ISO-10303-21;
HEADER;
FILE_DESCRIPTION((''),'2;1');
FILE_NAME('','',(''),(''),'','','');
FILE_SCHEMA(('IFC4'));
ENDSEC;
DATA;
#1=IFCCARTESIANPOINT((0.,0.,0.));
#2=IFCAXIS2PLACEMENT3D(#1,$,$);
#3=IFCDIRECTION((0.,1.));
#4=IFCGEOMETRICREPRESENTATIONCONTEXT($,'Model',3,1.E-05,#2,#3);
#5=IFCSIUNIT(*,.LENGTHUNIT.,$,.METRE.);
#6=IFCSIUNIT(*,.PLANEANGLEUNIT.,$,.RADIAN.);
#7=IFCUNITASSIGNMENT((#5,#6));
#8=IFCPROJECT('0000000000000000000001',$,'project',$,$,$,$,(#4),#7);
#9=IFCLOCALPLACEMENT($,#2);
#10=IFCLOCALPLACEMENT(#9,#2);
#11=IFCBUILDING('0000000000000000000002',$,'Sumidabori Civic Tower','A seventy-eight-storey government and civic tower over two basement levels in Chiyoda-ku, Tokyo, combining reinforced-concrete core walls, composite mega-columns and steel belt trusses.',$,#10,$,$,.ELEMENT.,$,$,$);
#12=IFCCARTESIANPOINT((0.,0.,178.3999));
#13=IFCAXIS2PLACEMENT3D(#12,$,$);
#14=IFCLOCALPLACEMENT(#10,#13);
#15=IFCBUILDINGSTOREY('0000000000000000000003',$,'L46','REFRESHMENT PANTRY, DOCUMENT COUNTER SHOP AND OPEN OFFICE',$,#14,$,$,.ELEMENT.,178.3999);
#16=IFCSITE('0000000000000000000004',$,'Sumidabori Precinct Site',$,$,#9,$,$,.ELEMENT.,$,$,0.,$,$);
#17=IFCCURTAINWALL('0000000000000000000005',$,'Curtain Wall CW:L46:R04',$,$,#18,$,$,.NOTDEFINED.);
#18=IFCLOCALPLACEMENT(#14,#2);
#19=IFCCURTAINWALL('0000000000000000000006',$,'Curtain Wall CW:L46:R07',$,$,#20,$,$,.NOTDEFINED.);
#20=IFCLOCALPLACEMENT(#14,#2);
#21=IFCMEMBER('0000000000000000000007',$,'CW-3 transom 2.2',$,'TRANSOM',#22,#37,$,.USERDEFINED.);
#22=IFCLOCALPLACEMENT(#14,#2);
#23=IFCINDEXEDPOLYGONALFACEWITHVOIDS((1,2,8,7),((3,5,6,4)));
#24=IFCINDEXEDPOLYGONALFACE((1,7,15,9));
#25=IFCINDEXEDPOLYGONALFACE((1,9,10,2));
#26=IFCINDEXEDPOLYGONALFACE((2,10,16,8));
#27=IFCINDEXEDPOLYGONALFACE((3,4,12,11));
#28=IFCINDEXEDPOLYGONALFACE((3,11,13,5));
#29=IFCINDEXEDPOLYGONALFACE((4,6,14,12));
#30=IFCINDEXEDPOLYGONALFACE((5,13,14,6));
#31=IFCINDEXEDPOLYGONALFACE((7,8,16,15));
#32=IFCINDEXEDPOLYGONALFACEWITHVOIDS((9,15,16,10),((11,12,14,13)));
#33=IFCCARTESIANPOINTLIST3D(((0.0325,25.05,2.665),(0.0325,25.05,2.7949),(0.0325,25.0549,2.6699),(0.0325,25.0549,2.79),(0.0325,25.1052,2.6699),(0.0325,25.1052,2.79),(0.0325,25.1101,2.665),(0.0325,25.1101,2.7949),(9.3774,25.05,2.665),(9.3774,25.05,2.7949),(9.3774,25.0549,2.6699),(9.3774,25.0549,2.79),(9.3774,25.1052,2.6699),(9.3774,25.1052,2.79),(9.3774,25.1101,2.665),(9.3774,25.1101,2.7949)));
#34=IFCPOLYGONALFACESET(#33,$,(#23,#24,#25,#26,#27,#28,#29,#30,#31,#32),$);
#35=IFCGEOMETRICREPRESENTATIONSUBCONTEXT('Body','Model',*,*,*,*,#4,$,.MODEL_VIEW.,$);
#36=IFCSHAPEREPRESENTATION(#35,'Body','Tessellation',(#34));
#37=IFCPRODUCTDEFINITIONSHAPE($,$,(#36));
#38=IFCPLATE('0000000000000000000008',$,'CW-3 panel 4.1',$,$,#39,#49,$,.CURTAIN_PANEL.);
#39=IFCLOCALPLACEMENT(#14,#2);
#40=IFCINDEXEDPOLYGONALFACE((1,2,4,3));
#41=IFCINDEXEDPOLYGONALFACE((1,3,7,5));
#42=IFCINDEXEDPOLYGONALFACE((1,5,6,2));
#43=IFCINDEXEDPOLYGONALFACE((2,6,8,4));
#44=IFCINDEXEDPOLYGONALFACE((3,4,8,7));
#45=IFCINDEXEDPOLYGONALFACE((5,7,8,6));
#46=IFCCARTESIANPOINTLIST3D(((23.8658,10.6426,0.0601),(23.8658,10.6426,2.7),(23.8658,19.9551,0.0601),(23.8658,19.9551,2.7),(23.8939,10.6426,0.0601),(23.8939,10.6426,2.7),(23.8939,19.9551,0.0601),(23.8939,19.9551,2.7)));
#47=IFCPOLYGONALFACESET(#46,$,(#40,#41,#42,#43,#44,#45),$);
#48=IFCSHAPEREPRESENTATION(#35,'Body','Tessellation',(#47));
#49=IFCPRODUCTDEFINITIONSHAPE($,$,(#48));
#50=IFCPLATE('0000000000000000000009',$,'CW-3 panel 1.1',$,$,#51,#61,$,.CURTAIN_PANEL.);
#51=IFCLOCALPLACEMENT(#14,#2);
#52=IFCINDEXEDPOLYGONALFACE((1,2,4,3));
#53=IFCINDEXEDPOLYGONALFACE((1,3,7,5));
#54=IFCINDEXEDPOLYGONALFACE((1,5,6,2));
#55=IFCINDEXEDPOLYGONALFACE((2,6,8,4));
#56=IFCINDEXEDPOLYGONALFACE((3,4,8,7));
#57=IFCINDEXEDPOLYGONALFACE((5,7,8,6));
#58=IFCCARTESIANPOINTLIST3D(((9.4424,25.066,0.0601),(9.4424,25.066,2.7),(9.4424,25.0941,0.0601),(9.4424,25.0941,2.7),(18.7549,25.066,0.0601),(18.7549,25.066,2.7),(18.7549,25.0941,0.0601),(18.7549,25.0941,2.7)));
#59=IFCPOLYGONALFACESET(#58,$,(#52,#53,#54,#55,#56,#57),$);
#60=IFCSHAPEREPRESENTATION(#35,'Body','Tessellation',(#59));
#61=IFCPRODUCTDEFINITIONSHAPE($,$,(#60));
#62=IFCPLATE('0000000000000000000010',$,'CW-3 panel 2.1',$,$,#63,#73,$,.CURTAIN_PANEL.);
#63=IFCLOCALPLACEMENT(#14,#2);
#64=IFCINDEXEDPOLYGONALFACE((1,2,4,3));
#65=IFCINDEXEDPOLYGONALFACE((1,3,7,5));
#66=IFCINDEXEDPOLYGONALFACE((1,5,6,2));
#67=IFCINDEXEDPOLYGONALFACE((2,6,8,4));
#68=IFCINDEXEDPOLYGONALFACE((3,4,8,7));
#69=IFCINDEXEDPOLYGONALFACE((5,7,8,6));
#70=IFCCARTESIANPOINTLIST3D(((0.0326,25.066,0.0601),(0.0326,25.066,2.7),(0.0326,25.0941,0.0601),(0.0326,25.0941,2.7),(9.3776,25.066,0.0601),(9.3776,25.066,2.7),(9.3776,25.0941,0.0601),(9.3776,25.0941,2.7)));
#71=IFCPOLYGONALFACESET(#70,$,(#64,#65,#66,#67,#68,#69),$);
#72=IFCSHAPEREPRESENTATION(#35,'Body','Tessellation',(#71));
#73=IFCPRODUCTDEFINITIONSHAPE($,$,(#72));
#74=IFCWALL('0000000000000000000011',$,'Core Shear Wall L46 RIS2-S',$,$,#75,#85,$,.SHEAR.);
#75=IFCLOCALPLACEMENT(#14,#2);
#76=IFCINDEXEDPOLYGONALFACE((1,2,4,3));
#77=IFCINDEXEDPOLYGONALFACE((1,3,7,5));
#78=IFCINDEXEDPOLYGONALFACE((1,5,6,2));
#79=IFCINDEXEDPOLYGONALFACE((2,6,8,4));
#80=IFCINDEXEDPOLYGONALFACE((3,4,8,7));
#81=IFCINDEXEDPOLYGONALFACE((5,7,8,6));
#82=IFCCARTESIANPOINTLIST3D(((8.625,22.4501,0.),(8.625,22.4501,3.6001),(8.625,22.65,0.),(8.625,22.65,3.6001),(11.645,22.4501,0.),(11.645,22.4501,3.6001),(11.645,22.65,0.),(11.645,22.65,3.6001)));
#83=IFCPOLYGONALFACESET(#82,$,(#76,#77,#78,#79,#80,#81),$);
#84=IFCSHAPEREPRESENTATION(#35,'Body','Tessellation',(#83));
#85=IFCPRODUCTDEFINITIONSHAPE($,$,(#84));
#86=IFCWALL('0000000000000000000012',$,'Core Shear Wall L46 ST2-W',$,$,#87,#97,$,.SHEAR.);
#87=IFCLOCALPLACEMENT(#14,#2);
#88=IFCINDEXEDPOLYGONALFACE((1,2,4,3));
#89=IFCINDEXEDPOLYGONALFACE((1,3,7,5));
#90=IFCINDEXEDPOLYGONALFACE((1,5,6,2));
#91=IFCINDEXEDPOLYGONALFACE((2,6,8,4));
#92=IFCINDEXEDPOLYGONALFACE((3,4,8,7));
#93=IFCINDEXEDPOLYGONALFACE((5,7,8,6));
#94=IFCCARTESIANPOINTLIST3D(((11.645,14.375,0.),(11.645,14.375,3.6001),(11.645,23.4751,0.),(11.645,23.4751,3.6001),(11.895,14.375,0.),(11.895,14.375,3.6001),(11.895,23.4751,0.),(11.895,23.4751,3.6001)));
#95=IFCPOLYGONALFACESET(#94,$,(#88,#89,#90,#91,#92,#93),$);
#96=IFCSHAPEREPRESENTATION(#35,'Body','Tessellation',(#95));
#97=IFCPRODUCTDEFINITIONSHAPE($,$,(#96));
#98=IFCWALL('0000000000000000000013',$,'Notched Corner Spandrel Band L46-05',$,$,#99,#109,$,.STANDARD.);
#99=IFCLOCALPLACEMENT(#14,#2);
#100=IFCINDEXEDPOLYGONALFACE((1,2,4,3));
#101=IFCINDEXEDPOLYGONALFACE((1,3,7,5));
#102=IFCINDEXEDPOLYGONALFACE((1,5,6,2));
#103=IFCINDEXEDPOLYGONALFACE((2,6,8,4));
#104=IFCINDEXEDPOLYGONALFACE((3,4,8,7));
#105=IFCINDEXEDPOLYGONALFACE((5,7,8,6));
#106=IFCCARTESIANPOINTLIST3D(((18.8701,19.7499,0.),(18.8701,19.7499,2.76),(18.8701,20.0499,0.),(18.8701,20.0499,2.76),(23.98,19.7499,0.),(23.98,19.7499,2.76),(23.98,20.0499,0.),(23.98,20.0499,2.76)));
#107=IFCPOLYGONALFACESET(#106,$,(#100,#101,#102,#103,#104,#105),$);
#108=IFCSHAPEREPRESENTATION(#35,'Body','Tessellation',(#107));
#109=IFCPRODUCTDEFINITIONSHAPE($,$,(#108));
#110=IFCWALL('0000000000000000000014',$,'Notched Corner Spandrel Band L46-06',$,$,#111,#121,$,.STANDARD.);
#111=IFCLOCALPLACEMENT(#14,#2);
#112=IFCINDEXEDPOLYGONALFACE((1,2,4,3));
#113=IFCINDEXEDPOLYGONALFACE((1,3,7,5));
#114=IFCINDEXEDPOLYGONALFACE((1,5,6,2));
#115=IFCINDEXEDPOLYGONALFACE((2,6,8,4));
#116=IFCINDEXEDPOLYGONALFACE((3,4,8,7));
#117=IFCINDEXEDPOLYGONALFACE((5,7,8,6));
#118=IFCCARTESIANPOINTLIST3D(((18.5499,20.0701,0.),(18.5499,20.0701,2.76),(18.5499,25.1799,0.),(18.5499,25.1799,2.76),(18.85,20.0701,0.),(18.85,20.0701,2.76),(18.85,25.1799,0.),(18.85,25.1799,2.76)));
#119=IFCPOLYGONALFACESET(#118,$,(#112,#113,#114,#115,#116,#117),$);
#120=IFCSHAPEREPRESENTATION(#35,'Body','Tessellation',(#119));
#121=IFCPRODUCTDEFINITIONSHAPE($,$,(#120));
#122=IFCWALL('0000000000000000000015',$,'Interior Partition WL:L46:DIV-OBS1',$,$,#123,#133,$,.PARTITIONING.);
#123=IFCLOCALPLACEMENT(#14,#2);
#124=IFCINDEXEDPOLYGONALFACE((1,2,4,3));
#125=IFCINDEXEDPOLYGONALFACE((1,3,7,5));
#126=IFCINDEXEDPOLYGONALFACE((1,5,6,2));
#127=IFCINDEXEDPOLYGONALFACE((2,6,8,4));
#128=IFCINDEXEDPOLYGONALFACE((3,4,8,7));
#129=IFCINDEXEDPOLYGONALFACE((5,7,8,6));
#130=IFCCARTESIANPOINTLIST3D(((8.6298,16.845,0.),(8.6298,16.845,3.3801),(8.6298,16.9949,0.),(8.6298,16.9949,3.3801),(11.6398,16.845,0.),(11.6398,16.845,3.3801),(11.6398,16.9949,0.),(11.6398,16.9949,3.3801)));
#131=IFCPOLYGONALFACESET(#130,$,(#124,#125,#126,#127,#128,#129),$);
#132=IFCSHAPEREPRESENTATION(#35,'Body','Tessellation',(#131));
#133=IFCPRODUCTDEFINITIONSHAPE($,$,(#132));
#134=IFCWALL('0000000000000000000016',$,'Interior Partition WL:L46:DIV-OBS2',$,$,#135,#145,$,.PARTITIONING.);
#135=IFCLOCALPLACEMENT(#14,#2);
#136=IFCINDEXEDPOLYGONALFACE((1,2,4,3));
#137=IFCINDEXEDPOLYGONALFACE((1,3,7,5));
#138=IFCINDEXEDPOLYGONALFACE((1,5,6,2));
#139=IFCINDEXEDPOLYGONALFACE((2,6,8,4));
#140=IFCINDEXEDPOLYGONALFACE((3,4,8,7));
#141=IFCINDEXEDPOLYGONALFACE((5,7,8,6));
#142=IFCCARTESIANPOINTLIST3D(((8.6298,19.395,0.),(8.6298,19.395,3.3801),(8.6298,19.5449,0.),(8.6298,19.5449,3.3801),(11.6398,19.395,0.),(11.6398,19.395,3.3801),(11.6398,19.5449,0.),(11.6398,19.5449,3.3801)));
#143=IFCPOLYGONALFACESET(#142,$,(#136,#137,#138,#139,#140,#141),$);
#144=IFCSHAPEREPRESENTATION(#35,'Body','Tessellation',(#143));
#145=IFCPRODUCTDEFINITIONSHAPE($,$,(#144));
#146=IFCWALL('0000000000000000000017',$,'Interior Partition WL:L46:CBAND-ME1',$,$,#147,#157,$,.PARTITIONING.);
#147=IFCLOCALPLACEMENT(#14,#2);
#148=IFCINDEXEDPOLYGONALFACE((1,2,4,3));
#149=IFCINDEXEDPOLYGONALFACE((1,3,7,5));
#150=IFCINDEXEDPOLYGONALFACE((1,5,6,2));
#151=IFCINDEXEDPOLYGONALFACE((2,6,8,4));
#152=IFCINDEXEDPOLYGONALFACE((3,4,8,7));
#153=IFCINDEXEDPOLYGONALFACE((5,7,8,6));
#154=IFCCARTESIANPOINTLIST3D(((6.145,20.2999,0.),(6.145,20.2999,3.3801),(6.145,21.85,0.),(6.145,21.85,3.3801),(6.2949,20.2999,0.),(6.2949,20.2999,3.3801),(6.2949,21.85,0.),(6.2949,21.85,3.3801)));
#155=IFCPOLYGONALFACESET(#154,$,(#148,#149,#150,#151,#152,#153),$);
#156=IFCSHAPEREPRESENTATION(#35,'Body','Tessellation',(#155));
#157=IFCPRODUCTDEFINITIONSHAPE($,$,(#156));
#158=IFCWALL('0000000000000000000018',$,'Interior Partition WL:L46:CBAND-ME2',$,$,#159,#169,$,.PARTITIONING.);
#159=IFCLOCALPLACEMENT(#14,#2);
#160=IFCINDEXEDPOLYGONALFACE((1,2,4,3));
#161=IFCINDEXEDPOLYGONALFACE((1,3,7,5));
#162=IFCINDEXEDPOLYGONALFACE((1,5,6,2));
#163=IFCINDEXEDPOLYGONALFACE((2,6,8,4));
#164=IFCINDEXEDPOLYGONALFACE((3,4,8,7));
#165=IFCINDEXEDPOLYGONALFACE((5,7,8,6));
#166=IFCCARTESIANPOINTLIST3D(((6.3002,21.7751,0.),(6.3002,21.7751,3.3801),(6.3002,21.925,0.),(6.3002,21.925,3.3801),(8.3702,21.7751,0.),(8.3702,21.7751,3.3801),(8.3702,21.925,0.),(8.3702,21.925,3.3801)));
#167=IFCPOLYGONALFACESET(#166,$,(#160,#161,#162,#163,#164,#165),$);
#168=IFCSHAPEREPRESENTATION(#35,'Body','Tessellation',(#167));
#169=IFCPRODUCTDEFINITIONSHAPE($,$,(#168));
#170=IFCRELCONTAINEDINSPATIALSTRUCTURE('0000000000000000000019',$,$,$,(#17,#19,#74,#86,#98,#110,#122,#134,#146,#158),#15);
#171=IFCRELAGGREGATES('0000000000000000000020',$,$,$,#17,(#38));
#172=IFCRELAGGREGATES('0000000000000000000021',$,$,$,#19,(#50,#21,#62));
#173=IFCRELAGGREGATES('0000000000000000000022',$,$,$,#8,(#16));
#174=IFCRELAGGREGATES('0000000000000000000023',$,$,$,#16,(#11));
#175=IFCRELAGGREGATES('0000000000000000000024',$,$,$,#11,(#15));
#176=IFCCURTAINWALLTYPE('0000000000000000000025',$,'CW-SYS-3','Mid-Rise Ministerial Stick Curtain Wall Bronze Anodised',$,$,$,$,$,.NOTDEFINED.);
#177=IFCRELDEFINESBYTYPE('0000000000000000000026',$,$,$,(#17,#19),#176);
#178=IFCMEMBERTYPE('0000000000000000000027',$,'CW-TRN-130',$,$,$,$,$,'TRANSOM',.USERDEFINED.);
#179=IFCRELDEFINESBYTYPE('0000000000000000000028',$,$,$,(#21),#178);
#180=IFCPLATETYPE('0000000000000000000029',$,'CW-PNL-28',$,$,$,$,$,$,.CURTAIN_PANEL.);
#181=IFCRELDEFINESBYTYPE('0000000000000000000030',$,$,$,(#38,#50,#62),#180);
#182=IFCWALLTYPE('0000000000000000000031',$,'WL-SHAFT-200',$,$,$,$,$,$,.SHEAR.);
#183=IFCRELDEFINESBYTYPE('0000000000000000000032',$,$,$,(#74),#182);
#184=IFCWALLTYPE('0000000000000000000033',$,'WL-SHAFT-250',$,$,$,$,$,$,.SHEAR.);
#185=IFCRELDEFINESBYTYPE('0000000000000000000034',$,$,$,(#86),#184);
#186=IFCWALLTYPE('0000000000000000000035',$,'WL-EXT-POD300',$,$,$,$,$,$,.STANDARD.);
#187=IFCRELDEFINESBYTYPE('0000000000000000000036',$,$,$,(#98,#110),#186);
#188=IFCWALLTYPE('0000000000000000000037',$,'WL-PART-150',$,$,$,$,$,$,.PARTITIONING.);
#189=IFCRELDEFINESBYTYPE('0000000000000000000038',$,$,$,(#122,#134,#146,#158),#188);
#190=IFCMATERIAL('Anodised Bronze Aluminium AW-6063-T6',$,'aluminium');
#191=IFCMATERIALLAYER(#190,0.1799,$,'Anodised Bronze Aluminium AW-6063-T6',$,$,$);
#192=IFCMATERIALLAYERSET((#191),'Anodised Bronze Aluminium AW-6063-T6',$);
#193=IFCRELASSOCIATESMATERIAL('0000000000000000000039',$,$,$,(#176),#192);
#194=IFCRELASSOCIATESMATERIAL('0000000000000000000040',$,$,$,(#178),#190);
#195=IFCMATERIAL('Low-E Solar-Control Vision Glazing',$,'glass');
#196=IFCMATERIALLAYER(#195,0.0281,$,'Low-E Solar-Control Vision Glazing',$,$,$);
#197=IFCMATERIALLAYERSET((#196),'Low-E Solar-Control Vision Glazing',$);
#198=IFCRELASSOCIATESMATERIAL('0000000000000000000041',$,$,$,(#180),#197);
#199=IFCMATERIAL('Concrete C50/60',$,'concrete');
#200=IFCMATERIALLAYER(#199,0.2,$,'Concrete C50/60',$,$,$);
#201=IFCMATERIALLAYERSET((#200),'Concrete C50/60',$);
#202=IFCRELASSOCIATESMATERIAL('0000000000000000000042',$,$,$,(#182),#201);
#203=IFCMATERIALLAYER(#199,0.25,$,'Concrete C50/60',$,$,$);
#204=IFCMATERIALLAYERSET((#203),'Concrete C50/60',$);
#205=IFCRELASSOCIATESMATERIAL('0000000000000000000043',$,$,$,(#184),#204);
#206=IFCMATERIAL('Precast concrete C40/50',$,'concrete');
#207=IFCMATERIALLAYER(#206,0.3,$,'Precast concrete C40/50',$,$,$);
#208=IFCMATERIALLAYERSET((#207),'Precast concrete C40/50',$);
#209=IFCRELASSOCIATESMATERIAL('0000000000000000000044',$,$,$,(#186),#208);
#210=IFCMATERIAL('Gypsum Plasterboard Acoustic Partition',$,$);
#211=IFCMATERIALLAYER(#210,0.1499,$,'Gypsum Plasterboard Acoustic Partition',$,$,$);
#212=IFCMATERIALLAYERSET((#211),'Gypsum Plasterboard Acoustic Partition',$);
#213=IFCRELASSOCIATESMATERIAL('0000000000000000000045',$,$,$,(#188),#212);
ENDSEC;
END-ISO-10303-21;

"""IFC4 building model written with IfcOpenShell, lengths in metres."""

from ifc_helpers import new_model, si_unit, direction, frame, frame_2d, origin, origin_2d, place, context, subcontext, project, spatial, rectangle, hollow_rectangle, extrude, source, transform, mapped, material, layer, layer_set, material_profile, profile_set, type_object, element, aggregate, save


model = new_model("IFC4")

# Units and contexts
model_context = context("Model", 3, precision=1e-05, world=origin(), true_north=direction((0.0, 1.0)))
body_context = subcontext(model_context, "Body", "Model", "MODEL_VIEW")
ifc_project = project(units=[si_unit("LENGTHUNIT", "METRE"), si_unit("PLANEANGLEUNIT", "RADIAN")], contexts=[model_context])

# Site, building, storey
site_placement = place(None, origin())
site = spatial("IfcSite", under=ifc_project, at=site_placement, Name="Sumidabori Precinct Site", CompositionType="ELEMENT", RefElevation=0.0)
building_placement = place(site_placement, origin())
building = spatial("IfcBuilding", under=site, at=building_placement, Name="Sumidabori Civic Tower", Description="A seventy-eight-storey government and civic tower over two basement levels in Chiyoda-ku, Tokyo, combining reinforced-concrete core walls, composite mega-columns and steel belt trusses.", CompositionType="ELEMENT")
storey_placement = place(building_placement, frame((0.0, 0.0, 178.3999)))
storey = spatial("IfcBuildingStorey", under=building, at=storey_placement, Name="L46", Description="REFRESHMENT PANTRY, DOCUMENT COUNTER SHOP AND OPEN OFFICE", CompositionType="ELEMENT", Elevation=178.3999)

# Curtain wall
ifc_material_1 = material(Name="Anodised Bronze Aluminium AW-6063-T6", Category="aluminium")
ifc_layer_1 = layer(ifc_material_1, 0.1799, Name="Anodised Bronze Aluminium AW-6063-T6")
ifc_layer_set_1 = layer_set([ifc_layer_1], Name="Anodised Bronze Aluminium AW-6063-T6")
curtain_wall_type = type_object("IfcCurtainWallType", Name="CW-SYS-3", Description="Mid-Rise Ministerial Stick Curtain Wall Bronze Anodised", PredefinedType="NOTDEFINED", material=ifc_layer_set_1)
curtain_wall_1_placement = place(storey_placement, origin())
curtain_wall_1 = element("IfcCurtainWall", 1, at=curtain_wall_1_placement, inside=storey, type_object=curtain_wall_type, Name="Curtain Wall CW:L46:R04", PredefinedType="NOTDEFINED")

# Curtain wall, member
curtain_wall_2_placement = place(storey_placement, origin())
curtain_wall_2 = element("IfcCurtainWall", 2, at=curtain_wall_2_placement, inside=storey, type_object=curtain_wall_type, Name="Curtain Wall CW:L46:R07", PredefinedType="NOTDEFINED")
ifc_material_profile_1 = material_profile(ifc_material_1, hollow_rectangle(XDim=0.0601, YDim=0.1299, WallThickness=0.0049, at=origin_2d()), Name="ALU TRANSOM 130x60")
ifc_profile_set_1 = profile_set([ifc_material_profile_1], Name="Anodised Bronze Aluminium AW-6063-T6")
member_type_1 = type_object("IfcMemberType", Name="CW-TRN-130", ElementType="TRANSOM", PredefinedType="USERDEFINED", material=ifc_profile_set_1)
shared_shape_1 = source(origin(), body_context, "Body", "SweptSolid", [
    extrude(hollow_rectangle(XDim=0.0601, YDim=0.1299, WallThickness=0.0049, at=origin_2d()), origin(), (0.0, 0.0, 1.0), 9.345),
])
member_1_placement = place(storey_placement, frame((9.3774, 25.0801, 2.73), z_axis=(-1.0, 0.0, 0.0), x_axis=(0.0, -1.0, 0.0)))
member_1 = element("IfcMember", 3, at=member_1_placement, type_object=member_type_1, Name="CW-3 transom 2.2", ObjectType="TRANSOM", PredefinedType="USERDEFINED", context=body_context, shape_type="MappedRepresentation", body=[
    mapped(shared_shape_1, transform((0.0, 0.0, 0.0), x_axis=(1.0, 0.0, 0.0), y_axis=(0.0, 1.0, 0.0), z_axis=(0.0, 0.0, 1.0), scale=1.0)),
])

# Plates
ifc_material_2 = material(Name="Low-E Solar-Control Vision Glazing", Category="glass")
ifc_layer_2 = layer(ifc_material_2, 0.0281, Name="Low-E Solar-Control Vision Glazing")
ifc_layer_set_2 = layer_set([ifc_layer_2], Name="Low-E Solar-Control Vision Glazing")
plate_type = type_object("IfcPlateType", Name="CW-PNL-28", PredefinedType="CURTAIN_PANEL", material=ifc_layer_set_2)
shared_shape_2 = source(origin(), body_context, "Body", "SweptSolid", [
    extrude(rectangle(XDim=9.3125, YDim=0.0281, at=origin_2d()), origin(), (0.0, 0.0, 1.0), 2.6399),
])
plate_1_placement = place(storey_placement, frame((23.8799, 15.2988, 0.0601), z_axis=(0.0, 0.0, 1.0), x_axis=(0.0, 1.0, 0.0)))
plate_1 = element("IfcPlate", 4, at=plate_1_placement, type_object=plate_type, Name="CW-3 panel 4.1", PredefinedType="CURTAIN_PANEL", context=body_context, shape_type="MappedRepresentation", body=[
    mapped(shared_shape_2, transform((0.0, 0.0, 0.0), x_axis=(1.0, 0.0, 0.0), y_axis=(0.0, 1.0, 0.0), z_axis=(0.0, 0.0, 1.0), scale=1.0)),
])
aggregate(curtain_wall_1, [plate_1])
plate_2_placement = place(storey_placement, frame((14.0986, 25.0801, 0.0601), z_axis=(0.0, 0.0, 1.0), x_axis=(-1.0, 0.0, 0.0)))
plate_2 = element("IfcPlate", 5, at=plate_2_placement, type_object=plate_type, Name="CW-3 panel 1.1", PredefinedType="CURTAIN_PANEL", context=body_context, shape_type="MappedRepresentation", body=[
    mapped(shared_shape_2, transform((0.0, 0.0, 0.0), x_axis=(1.0, 0.0, 0.0), y_axis=(0.0, 1.0, 0.0), z_axis=(0.0, 0.0, 1.0), scale=1.0)),
])
shared_shape_3 = source(origin(), body_context, "Body", "SweptSolid", [
    extrude(rectangle(XDim=9.345, YDim=0.0281, at=origin_2d()), origin(), (0.0, 0.0, 1.0), 2.6399),
])
plate_3_placement = place(storey_placement, frame((4.7051, 25.0801, 0.0601), z_axis=(0.0, 0.0, 1.0), x_axis=(-1.0, 0.0, 0.0)))
plate_3 = element("IfcPlate", 6, at=plate_3_placement, type_object=plate_type, Name="CW-3 panel 2.1", PredefinedType="CURTAIN_PANEL", context=body_context, shape_type="MappedRepresentation", body=[
    mapped(shared_shape_3, transform((0.0, 0.0, 0.0), x_axis=(1.0, 0.0, 0.0), y_axis=(0.0, 1.0, 0.0), z_axis=(0.0, 0.0, 1.0), scale=1.0)),
])
aggregate(curtain_wall_2, [plate_2, member_1, plate_3])

# Wall
ifc_material_3 = material(Name="Concrete C50/60", Category="concrete")
ifc_layer_3 = layer(ifc_material_3, 0.2, Name="Concrete C50/60")
ifc_layer_set_3 = layer_set([ifc_layer_3], Name="Concrete C50/60")
wall_type_1 = type_object("IfcWallType", Name="WL-SHAFT-200", PredefinedType="SHEAR", material=ifc_layer_set_3)
shared_shape_4 = source(origin(), body_context, "Body", "SweptSolid", [
    extrude(rectangle(XDim=3.02, YDim=0.2, at=frame_2d((1.51, 0.0))), origin(), (0.0, 0.0, 1.0), 3.6001),
])
wall_1_placement = place(storey_placement, frame((8.625, 22.55, 0.0), z_axis=(0.0, 0.0, 1.0), x_axis=(1.0, 0.0, 0.0)))
element("IfcWall", 7, at=wall_1_placement, inside=storey, type_object=wall_type_1, Name="Core Shear Wall L46 RIS2-S", PredefinedType="SHEAR", context=body_context, shape_type="MappedRepresentation", body=[
    mapped(shared_shape_4, transform((0.0, 0.0, 0.0), x_axis=(1.0, 0.0, 0.0), y_axis=(0.0, 1.0, 0.0), z_axis=(0.0, 0.0, 1.0), scale=1.0)),
])

# Shared definitions
ifc_layer_4 = layer(ifc_material_3, 0.25, Name="Concrete C50/60")
ifc_layer_set_4 = layer_set([ifc_layer_4], Name="Concrete C50/60")
wall_type_2 = type_object("IfcWallType", Name="WL-SHAFT-250", PredefinedType="SHEAR", material=ifc_layer_set_4)

# Walls
shared_shape_5 = source(origin(), body_context, "Body", "SweptSolid", [
    extrude(rectangle(XDim=9.1001, YDim=0.25, at=frame_2d((4.55, 0.0))), origin(), (0.0, 0.0, 1.0), 3.6001),
])
wall_2_placement = place(storey_placement, frame((11.77, 14.375, 0.0), z_axis=(0.0, 0.0, 1.0), x_axis=(0.0, 1.0, 0.0)))
element("IfcWall", 8, at=wall_2_placement, inside=storey, type_object=wall_type_2, Name="Core Shear Wall L46 ST2-W", PredefinedType="SHEAR", context=body_context, shape_type="MappedRepresentation", body=[
    mapped(shared_shape_5, transform((0.0, 0.0, 0.0), x_axis=(1.0, 0.0, 0.0), y_axis=(0.0, 1.0, 0.0), z_axis=(0.0, 0.0, 1.0), scale=1.0)),
])
ifc_material_4 = material(Name="Precast concrete C40/50", Category="concrete")
ifc_layer_5 = layer(ifc_material_4, 0.3, Name="Precast concrete C40/50")
ifc_layer_set_5 = layer_set([ifc_layer_5], Name="Precast concrete C40/50")
wall_type_3 = type_object("IfcWallType", Name="WL-EXT-POD300", PredefinedType="STANDARD", material=ifc_layer_set_5)
shared_shape_6 = source(origin(), body_context, "Body", "SweptSolid", [
    extrude(rectangle(XDim=5.1099, YDim=0.3, at=frame_2d((2.5549, 0.0))), origin(), (0.0, 0.0, 1.0), 2.76),
])
for number, where, z_axis, x_axis, name in (
    (9, (23.98, 19.8999, 0.0), (0.0, 0.0, 1.0), (-1.0, 0.0, 0.0), "Notched Corner Spandrel Band L46-05"),
    (10, (18.7, 20.0701, 0.0), (0.0, 0.0, 1.0), (0.0, 1.0, 0.0), "Notched Corner Spandrel Band L46-06"),
):
    element("IfcWall", number, at=place(storey_placement, frame(where, z_axis=z_axis, x_axis=x_axis)), inside=storey, type_object=wall_type_3, Name=name, PredefinedType="STANDARD", context=body_context, shape_type="MappedRepresentation", body=[
        mapped(shared_shape_6, transform((0.0, 0.0, 0.0), x_axis=(1.0, 0.0, 0.0), y_axis=(0.0, 1.0, 0.0), z_axis=(0.0, 0.0, 1.0), scale=1.0)),
    ])
ifc_material_5 = material(Name="Gypsum Plasterboard Acoustic Partition")
ifc_layer_6 = layer(ifc_material_5, 0.1499, Name="Gypsum Plasterboard Acoustic Partition")
ifc_layer_set_6 = layer_set([ifc_layer_6], Name="Gypsum Plasterboard Acoustic Partition")
wall_type_4 = type_object("IfcWallType", Name="WL-PART-150", PredefinedType="PARTITIONING", material=ifc_layer_set_6)
shared_shape_7 = source(origin(), body_context, "Body", "SweptSolid", [
    extrude(rectangle(XDim=3.01, YDim=0.1499, at=frame_2d((1.5049, 0.0))), origin(), (0.0, 0.0, 1.0), 3.3801),
])
for number, where, z_axis, x_axis, name in (
    (11, (8.6299, 16.9199, 0.0), (0.0, 0.0, 1.0), (1.0, 0.0, 0.0), "Interior Partition WL:L46:DIV-OBS1"),
    (12, (8.6299, 19.47, 0.0), (0.0, 0.0, 1.0), (1.0, 0.0, 0.0), "Interior Partition WL:L46:DIV-OBS2"),
):
    element("IfcWall", number, at=place(storey_placement, frame(where, z_axis=z_axis, x_axis=x_axis)), inside=storey, type_object=wall_type_4, Name=name, PredefinedType="PARTITIONING", context=body_context, shape_type="MappedRepresentation", body=[
        mapped(shared_shape_7, transform((0.0, 0.0, 0.0), x_axis=(1.0, 0.0, 0.0), y_axis=(0.0, 1.0, 0.0), z_axis=(0.0, 0.0, 1.0), scale=1.0)),
    ])
shared_shape_8 = source(origin(), body_context, "Body", "SweptSolid", [
    extrude(rectangle(XDim=1.55, YDim=0.1499, at=frame_2d((0.7749, 0.0))), origin(), (0.0, 0.0, 1.0), 3.3801),
])
wall_3_placement = place(storey_placement, frame((6.22, 20.3, 0.0), z_axis=(0.0, 0.0, 1.0), x_axis=(0.0, 1.0, 0.0)))
element("IfcWall", 13, at=wall_3_placement, inside=storey, type_object=wall_type_4, Name="Interior Partition WL:L46:CBAND-ME1", PredefinedType="PARTITIONING", context=body_context, shape_type="MappedRepresentation", body=[
    mapped(shared_shape_8, transform((0.0, 0.0, 0.0), x_axis=(1.0, 0.0, 0.0), y_axis=(0.0, 1.0, 0.0), z_axis=(0.0, 0.0, 1.0), scale=1.0)),
])
shared_shape_9 = source(origin(), body_context, "Body", "SweptSolid", [
    extrude(rectangle(XDim=2.0701, YDim=0.1499, at=frame_2d((1.0352, 0.0))), origin(), (0.0, 0.0, 1.0), 3.3801),
])
wall_4_placement = place(storey_placement, frame((6.3, 21.8501, 0.0), z_axis=(0.0, 0.0, 1.0), x_axis=(1.0, 0.0, 0.0)))
element("IfcWall", 14, at=wall_4_placement, inside=storey, type_object=wall_type_4, Name="Interior Partition WL:L46:CBAND-ME2", PredefinedType="PARTITIONING", context=body_context, shape_type="MappedRepresentation", body=[
    mapped(shared_shape_9, transform((0.0, 0.0, 0.0), x_axis=(1.0, 0.0, 0.0), y_axis=(0.0, 1.0, 0.0), z_axis=(0.0, 0.0, 1.0), scale=1.0)),
])

save(model, "model.ifc")
